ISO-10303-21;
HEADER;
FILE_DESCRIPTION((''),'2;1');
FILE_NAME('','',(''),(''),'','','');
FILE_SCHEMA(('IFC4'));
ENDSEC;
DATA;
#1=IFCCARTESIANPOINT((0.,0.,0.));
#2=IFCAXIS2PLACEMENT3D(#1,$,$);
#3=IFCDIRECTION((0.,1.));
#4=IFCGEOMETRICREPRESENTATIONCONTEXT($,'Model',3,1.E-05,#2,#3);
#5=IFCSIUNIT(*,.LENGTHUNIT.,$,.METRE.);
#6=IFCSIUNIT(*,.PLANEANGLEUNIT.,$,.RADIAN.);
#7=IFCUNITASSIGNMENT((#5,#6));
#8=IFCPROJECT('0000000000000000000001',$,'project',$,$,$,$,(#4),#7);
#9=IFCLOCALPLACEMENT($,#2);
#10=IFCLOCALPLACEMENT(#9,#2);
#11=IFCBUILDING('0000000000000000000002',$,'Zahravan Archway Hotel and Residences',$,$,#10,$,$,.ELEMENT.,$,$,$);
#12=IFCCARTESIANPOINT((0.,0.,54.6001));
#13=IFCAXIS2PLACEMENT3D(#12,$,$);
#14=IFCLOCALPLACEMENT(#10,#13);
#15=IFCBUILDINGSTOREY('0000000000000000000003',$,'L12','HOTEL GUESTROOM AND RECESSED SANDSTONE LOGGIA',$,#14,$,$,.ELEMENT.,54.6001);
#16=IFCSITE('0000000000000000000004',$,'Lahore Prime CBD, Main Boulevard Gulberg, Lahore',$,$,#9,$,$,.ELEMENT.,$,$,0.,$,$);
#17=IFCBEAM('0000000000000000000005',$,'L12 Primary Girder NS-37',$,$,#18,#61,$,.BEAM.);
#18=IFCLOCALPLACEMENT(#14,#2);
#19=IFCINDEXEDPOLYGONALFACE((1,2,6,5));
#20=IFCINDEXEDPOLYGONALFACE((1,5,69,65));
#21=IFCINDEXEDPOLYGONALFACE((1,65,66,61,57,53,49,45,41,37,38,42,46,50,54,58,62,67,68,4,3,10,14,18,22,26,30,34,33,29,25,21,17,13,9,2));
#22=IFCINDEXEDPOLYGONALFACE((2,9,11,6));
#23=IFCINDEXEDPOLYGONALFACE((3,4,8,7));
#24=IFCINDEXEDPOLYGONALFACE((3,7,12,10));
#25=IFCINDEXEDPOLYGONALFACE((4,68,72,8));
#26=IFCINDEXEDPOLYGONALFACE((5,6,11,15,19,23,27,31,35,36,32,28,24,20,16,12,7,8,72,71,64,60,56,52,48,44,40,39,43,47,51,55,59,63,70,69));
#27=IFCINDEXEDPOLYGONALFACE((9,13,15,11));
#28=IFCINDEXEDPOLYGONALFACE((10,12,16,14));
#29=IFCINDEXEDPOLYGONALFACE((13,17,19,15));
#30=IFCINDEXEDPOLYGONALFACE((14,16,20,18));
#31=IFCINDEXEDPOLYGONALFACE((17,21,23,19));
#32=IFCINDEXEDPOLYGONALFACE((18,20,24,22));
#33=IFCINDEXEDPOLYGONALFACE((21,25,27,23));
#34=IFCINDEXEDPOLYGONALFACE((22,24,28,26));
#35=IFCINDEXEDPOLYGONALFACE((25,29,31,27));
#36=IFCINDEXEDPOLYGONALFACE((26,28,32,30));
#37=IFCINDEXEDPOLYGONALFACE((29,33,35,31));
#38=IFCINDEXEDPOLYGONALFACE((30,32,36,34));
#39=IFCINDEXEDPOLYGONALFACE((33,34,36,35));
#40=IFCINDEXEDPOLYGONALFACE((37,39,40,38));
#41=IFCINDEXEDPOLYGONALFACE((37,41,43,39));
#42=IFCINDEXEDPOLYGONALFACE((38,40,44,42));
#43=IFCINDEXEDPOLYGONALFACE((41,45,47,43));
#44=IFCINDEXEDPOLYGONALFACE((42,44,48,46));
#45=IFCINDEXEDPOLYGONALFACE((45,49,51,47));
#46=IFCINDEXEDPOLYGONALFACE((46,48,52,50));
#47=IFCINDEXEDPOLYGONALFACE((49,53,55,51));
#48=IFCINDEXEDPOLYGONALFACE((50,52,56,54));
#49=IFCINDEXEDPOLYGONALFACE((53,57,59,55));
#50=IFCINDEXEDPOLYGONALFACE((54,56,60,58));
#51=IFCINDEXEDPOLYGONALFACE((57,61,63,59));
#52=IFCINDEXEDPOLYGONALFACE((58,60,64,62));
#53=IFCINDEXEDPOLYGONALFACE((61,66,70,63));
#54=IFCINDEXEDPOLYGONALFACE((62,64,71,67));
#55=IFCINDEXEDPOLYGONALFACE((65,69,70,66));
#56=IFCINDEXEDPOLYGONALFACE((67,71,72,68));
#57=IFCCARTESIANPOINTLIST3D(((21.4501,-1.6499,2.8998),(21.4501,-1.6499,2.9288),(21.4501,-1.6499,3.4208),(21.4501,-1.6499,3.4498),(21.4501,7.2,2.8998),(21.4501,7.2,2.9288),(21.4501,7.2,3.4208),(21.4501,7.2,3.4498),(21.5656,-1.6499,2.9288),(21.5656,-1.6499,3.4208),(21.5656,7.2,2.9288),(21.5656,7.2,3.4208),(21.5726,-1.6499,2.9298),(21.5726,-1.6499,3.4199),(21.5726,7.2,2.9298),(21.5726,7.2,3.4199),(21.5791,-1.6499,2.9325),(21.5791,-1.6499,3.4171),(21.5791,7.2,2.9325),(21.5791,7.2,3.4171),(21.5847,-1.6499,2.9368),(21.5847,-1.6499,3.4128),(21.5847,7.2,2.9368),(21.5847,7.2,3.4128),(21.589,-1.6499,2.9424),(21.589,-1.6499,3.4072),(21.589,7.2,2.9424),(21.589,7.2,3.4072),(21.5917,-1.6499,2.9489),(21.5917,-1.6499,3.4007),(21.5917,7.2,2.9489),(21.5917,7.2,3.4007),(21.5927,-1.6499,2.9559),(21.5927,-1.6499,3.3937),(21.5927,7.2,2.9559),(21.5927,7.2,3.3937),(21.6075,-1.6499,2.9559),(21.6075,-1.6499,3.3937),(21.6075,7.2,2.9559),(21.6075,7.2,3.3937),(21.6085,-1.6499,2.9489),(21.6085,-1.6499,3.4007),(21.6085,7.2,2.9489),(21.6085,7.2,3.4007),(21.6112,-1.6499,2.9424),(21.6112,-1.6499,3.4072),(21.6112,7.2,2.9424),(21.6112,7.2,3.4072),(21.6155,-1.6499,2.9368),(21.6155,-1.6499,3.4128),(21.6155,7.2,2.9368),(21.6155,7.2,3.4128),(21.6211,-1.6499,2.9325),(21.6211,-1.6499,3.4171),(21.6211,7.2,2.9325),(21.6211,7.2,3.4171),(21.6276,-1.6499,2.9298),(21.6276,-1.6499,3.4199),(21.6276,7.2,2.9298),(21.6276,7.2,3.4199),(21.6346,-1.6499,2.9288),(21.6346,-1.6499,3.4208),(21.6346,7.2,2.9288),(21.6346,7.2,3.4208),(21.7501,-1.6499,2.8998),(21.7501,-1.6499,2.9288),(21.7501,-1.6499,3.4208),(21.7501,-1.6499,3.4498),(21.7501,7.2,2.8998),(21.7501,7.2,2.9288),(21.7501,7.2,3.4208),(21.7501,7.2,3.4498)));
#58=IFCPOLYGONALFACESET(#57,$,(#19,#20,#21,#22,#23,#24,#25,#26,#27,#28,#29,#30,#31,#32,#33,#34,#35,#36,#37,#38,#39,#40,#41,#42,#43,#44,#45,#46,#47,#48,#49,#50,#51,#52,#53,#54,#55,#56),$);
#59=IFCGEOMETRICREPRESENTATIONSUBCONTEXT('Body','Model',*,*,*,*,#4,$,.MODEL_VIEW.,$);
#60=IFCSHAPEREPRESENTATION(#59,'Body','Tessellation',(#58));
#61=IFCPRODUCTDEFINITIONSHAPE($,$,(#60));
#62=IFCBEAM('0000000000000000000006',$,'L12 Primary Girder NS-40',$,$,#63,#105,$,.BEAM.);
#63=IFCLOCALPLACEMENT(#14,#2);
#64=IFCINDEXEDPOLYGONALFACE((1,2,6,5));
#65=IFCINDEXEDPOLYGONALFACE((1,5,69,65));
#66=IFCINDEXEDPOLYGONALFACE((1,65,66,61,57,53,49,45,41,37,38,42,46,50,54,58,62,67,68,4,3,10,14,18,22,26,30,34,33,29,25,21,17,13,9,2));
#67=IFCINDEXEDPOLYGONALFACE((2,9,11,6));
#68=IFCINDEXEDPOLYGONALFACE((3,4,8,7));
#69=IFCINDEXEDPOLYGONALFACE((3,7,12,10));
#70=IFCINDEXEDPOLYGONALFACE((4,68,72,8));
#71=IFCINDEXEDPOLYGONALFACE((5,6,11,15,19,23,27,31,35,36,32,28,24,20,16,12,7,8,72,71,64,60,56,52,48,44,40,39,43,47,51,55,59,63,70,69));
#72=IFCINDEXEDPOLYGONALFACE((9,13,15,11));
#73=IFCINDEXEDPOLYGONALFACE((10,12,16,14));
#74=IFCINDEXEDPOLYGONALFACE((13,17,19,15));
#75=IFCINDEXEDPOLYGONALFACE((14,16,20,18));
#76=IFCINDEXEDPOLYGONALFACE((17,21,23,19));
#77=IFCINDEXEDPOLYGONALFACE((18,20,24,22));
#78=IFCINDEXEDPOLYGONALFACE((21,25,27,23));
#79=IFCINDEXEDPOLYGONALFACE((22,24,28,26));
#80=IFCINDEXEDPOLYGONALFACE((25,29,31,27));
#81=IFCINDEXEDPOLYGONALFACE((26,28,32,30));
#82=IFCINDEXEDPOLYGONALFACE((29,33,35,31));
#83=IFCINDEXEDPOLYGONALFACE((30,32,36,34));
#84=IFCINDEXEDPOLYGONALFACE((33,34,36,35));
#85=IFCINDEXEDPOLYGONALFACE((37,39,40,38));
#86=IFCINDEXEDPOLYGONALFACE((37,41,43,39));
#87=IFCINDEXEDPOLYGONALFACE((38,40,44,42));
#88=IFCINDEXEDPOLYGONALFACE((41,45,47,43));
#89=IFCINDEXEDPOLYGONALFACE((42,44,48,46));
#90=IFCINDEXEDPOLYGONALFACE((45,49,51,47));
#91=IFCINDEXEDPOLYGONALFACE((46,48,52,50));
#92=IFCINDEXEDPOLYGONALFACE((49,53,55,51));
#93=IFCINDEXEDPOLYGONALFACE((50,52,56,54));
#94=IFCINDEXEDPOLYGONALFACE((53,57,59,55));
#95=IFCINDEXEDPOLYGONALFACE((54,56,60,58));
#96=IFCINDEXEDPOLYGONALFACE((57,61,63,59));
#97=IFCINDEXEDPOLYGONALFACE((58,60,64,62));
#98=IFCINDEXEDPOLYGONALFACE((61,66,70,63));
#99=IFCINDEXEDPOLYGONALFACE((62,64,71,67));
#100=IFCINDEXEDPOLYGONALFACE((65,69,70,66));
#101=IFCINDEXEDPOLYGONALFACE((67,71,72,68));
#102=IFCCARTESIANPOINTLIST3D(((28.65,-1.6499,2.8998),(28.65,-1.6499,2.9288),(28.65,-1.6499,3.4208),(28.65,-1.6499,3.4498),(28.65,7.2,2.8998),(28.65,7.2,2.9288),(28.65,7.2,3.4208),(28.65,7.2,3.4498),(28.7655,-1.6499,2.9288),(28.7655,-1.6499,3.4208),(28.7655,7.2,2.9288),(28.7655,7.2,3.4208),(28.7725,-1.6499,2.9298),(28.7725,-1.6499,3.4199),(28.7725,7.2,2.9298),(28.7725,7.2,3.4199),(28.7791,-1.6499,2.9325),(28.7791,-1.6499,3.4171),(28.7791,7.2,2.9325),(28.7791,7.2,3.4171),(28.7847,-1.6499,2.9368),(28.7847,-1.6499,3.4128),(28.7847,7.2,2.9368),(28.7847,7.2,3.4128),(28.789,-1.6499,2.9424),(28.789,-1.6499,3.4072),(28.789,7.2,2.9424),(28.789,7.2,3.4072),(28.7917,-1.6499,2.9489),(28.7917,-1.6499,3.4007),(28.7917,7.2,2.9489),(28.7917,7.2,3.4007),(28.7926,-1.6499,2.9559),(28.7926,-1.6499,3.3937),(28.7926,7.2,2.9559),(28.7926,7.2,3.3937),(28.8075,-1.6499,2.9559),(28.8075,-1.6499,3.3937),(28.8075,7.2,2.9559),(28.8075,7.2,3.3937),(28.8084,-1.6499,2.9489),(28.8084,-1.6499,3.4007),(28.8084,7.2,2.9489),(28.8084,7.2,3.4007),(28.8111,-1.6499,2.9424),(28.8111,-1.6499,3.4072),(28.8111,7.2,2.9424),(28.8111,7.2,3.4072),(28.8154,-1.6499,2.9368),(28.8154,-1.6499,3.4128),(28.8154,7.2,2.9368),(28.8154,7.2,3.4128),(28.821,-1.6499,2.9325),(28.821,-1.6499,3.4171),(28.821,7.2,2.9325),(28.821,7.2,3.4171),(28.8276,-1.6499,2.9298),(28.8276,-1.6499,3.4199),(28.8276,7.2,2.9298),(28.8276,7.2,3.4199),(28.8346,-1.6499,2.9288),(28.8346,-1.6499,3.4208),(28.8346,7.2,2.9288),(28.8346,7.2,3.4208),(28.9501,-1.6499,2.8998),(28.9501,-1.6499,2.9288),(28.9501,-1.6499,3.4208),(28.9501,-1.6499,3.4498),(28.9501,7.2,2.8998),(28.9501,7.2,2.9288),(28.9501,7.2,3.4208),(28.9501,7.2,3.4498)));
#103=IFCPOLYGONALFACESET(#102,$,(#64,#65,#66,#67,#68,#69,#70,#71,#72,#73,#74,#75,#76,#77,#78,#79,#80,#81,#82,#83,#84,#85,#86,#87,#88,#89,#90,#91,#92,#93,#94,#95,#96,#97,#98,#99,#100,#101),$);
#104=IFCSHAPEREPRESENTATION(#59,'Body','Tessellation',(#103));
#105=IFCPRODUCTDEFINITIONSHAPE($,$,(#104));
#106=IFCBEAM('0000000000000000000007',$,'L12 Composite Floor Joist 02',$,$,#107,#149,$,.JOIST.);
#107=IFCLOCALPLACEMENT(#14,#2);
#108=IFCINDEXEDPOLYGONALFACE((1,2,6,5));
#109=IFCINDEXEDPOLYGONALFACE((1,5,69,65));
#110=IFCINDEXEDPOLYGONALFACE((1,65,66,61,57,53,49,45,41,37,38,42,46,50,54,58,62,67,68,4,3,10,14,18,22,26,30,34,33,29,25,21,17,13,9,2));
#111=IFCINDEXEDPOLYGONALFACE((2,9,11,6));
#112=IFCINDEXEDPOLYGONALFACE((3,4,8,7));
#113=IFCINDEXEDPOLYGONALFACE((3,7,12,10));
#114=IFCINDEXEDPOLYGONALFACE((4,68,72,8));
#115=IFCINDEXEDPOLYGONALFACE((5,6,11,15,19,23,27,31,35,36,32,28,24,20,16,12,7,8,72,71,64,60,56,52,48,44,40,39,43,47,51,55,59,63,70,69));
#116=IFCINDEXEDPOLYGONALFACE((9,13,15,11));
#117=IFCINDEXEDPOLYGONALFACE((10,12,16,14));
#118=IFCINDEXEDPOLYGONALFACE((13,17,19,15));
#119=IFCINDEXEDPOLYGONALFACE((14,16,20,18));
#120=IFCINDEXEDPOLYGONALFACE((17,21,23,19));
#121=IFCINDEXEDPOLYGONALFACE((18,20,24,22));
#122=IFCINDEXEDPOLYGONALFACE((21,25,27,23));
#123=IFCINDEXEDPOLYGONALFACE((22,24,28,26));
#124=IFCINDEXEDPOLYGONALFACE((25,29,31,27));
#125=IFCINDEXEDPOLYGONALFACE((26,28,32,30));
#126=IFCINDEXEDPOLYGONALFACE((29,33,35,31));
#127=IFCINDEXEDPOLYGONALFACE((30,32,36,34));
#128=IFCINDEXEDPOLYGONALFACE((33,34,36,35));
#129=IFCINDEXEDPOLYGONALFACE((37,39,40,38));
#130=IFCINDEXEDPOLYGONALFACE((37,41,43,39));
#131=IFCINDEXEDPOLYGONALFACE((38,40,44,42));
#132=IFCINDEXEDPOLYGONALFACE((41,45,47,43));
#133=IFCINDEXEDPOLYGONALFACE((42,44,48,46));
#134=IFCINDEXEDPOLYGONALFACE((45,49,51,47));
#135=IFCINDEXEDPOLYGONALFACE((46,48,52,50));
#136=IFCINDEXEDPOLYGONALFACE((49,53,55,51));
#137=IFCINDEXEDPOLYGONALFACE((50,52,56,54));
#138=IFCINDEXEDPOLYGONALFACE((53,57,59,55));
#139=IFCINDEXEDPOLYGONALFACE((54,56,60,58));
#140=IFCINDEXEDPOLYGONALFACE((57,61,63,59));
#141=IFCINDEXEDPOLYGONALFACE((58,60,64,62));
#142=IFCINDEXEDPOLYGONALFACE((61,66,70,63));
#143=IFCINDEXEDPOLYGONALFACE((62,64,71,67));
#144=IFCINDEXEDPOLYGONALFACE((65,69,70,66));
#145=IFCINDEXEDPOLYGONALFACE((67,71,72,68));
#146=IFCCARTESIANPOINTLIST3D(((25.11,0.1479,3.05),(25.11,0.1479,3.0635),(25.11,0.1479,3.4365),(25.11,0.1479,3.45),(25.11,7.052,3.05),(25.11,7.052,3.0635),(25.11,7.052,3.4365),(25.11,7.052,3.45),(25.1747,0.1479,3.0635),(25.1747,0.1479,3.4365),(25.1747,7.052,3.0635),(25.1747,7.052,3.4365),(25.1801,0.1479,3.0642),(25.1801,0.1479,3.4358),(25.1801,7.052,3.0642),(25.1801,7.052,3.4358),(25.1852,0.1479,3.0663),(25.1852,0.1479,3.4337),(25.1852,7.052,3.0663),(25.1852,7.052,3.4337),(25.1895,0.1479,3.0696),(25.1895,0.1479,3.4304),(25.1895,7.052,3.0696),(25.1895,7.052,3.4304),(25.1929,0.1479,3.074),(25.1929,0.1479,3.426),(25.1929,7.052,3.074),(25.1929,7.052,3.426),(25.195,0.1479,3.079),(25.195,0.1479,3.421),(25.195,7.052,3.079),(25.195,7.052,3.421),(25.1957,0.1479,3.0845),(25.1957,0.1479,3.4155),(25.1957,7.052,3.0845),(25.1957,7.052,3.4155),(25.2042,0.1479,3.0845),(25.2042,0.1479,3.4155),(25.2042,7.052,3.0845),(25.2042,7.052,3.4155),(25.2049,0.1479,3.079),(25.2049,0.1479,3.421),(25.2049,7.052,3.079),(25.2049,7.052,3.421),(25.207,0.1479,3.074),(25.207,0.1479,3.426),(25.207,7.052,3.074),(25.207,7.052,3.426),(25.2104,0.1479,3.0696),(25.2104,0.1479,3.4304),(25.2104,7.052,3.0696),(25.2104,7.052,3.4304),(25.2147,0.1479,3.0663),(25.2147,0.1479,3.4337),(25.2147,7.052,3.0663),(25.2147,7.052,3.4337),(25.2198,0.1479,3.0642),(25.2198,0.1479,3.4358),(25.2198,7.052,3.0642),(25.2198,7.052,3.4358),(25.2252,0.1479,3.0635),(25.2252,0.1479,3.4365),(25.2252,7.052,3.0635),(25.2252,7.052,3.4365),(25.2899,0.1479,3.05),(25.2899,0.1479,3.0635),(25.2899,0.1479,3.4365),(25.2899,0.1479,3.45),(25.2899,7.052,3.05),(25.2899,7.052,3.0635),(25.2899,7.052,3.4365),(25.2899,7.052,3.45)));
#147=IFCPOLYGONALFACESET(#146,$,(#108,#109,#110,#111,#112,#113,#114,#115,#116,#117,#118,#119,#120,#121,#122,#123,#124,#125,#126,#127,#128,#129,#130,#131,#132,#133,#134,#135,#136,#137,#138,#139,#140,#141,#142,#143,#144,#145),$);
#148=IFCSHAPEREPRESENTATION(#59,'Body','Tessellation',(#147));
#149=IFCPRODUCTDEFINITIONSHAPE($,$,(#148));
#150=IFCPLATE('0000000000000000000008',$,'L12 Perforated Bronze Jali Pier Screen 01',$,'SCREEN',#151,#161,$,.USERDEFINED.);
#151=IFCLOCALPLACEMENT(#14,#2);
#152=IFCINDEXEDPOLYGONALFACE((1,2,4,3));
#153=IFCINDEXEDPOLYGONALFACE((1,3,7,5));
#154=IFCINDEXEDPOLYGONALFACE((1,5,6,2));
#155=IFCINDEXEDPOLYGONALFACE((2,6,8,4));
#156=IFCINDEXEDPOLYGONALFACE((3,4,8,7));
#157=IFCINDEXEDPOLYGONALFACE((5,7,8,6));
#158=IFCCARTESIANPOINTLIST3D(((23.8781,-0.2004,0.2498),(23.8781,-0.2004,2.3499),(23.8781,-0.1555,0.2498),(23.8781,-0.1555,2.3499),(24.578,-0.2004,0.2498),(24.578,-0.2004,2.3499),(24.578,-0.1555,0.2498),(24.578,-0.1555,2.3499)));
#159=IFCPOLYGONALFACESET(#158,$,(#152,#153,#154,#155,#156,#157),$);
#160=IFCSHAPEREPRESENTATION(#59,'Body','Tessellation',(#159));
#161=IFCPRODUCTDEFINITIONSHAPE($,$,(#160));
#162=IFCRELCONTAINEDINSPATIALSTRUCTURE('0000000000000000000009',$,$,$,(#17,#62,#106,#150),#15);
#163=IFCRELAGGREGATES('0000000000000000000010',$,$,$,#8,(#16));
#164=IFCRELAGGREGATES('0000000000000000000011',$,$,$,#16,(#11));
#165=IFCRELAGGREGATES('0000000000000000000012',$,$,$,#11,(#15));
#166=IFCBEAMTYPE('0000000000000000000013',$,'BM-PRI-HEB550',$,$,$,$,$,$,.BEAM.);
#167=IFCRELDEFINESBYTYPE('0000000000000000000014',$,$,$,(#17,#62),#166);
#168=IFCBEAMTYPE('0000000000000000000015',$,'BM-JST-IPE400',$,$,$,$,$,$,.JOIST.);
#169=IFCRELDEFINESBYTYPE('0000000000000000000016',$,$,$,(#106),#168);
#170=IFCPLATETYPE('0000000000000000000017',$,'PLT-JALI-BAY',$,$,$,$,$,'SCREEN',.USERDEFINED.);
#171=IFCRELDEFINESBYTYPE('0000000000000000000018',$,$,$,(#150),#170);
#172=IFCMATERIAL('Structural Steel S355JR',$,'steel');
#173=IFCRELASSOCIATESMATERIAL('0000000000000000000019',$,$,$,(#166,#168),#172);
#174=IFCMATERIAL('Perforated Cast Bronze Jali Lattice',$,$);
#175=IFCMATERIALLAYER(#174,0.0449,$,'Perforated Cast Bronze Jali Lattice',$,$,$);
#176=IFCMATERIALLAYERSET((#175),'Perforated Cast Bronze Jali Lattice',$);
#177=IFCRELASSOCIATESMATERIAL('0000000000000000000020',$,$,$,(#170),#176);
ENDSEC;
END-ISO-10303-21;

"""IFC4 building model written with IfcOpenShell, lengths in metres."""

from ifc_helpers import new_model, si_unit, direction, frame, origin, origin_2d, place, context, subcontext, project, spatial, rectangle, i_section, extrude, source, transform, mapped, material, layer, layer_set, material_profile, profile_set, type_object, type_shapes, element, save


model = new_model("IFC4")

# Units and contexts
model_context = context("Model", 3, precision=1e-05, world=origin(), true_north=direction((0.0, 1.0)))
body_context = subcontext(model_context, "Body", "Model", "MODEL_VIEW")
ifc_project = project(units=[si_unit("LENGTHUNIT", "METRE"), si_unit("PLANEANGLEUNIT", "RADIAN")], contexts=[model_context])

# Site, building, storey
site_placement = place(None, origin())
site = spatial("IfcSite", under=ifc_project, at=site_placement, Name="Lahore Prime CBD, Main Boulevard Gulberg, Lahore", CompositionType="ELEMENT", RefElevation=0.0)
building_placement = place(site_placement, origin())
building = spatial("IfcBuilding", under=site, at=building_placement, Name="Zahravan Archway Hotel and Residences", CompositionType="ELEMENT")
storey_placement = place(building_placement, frame((0.0, 0.0, 54.6001)))
storey = spatial("IfcBuildingStorey", under=building, at=storey_placement, Name="L12", Description="HOTEL GUESTROOM AND RECESSED SANDSTONE LOGGIA", CompositionType="ELEMENT", Elevation=54.6001)

# Beams
ifc_material_1 = material(Name="Structural Steel S355JR", Category="steel")
ifc_material_profile_1 = material_profile(ifc_material_1, i_section(OverallWidth=0.3, OverallDepth=0.55, WebThickness=0.0149, FlangeThickness=0.0291, FilletRadius=0.0271, at=origin_2d()), Name="HEB 550", Category="steel")
ifc_profile_set_1 = profile_set([ifc_material_profile_1], Name="Structural Steel S355JR")
beam_type_1 = type_object("IfcBeamType", Name="BM-PRI-HEB550", PredefinedType="BEAM", material=ifc_profile_set_1)
shared_shape_1 = source(origin(), body_context, "Body", "SweptSolid", [
    extrude(i_section(OverallWidth=0.3, OverallDepth=0.55, WebThickness=0.0149, FlangeThickness=0.0291, FilletRadius=0.0271, at=origin_2d()), origin(), (0.0, 0.0, 1.0), 8.8499),
])
for number, where, z_axis, x_axis, name in (
    (1, (21.6001, -1.6499, 3.1748), (0.0, 1.0, 0.0), (-1.0, 0.0, 0.0), "L12 Primary Girder NS-37"),
    (2, (28.8, -1.6499, 3.1748), (0.0, 1.0, 0.0), (-1.0, 0.0, 0.0), "L12 Primary Girder NS-40"),
):
    element("IfcBeam", number, at=place(storey_placement, frame(where, z_axis=z_axis, x_axis=x_axis)), inside=storey, type_object=beam_type_1, Name=name, PredefinedType="BEAM", context=body_context, shape_type="MappedRepresentation", body=[
        mapped(shared_shape_1, transform((0.0, 0.0, 0.0), scale=1.0)),
    ])
ifc_material_profile_2 = material_profile(ifc_material_1, i_section(OverallWidth=0.1799, OverallDepth=0.3999, WebThickness=0.0085, FlangeThickness=0.0134, FilletRadius=0.021, at=origin_2d()), Name="IPE 400", Category="steel")
ifc_profile_set_2 = profile_set([ifc_material_profile_2], Name="Structural Steel S355JR")
beam_type_2 = type_object("IfcBeamType", Name="BM-JST-IPE400", PredefinedType="JOIST", material=ifc_profile_set_2)
shared_shape_2 = source(origin(), body_context, "Body", "SweptSolid", [
    extrude(i_section(OverallWidth=0.1799, OverallDepth=0.3999, WebThickness=0.0085, FlangeThickness=0.0134, FilletRadius=0.021, at=origin_2d()), origin(), (0.0, 0.0, 1.0), 6.9041),
])
type_shapes(beam_type_2, [shared_shape_2])
beam_1_placement = place(storey_placement, frame((25.2, 0.1479, 3.25), z_axis=(0.0, 1.0, 0.0), x_axis=(-1.0, 0.0, 0.0)))
element("IfcBeam", 3, at=beam_1_placement, inside=storey, type_object=beam_type_2, Name="L12 Composite Floor Joist 02", PredefinedType="JOIST", context=body_context, shape_type="MappedRepresentation", body=[
    mapped(shared_shape_2, transform((0.0, 0.0, 0.0), scale=1.0)),
])

# Plate
ifc_material_2 = material(Name="Perforated Cast Bronze Jali Lattice")
ifc_layer_1 = layer(ifc_material_2, 0.0449, Name="Perforated Cast Bronze Jali Lattice")
ifc_layer_set_1 = layer_set([ifc_layer_1], Name="Perforated Cast Bronze Jali Lattice")
plate_type = type_object("IfcPlateType", Name="PLT-JALI-BAY", ElementType="SCREEN", PredefinedType="USERDEFINED", material=ifc_layer_set_1)
shared_shape_3 = source(origin(), body_context, "Body", "SweptSolid", [
    extrude(rectangle(XDim=0.7, YDim=0.0449, at=origin_2d()), origin(), (0.0, 0.0, 1.0), 2.1001),
])
type_shapes(plate_type, [shared_shape_3])
plate_placement = place(storey_placement, frame((24.228, -0.178, 0.2498), z_axis=(0.0, 0.0, 1.0), x_axis=(1.0, 0.0, 0.0)))
element("IfcPlate", 4, at=plate_placement, inside=storey, type_object=plate_type, Name="L12 Perforated Bronze Jali Pier Screen 01", ObjectType="SCREEN", PredefinedType="USERDEFINED", context=body_context, shape_type="MappedRepresentation", body=[
    mapped(shared_shape_3, transform((0.0, 0.0, 0.0), scale=1.0)),
])

save(model, "model.ifc")
